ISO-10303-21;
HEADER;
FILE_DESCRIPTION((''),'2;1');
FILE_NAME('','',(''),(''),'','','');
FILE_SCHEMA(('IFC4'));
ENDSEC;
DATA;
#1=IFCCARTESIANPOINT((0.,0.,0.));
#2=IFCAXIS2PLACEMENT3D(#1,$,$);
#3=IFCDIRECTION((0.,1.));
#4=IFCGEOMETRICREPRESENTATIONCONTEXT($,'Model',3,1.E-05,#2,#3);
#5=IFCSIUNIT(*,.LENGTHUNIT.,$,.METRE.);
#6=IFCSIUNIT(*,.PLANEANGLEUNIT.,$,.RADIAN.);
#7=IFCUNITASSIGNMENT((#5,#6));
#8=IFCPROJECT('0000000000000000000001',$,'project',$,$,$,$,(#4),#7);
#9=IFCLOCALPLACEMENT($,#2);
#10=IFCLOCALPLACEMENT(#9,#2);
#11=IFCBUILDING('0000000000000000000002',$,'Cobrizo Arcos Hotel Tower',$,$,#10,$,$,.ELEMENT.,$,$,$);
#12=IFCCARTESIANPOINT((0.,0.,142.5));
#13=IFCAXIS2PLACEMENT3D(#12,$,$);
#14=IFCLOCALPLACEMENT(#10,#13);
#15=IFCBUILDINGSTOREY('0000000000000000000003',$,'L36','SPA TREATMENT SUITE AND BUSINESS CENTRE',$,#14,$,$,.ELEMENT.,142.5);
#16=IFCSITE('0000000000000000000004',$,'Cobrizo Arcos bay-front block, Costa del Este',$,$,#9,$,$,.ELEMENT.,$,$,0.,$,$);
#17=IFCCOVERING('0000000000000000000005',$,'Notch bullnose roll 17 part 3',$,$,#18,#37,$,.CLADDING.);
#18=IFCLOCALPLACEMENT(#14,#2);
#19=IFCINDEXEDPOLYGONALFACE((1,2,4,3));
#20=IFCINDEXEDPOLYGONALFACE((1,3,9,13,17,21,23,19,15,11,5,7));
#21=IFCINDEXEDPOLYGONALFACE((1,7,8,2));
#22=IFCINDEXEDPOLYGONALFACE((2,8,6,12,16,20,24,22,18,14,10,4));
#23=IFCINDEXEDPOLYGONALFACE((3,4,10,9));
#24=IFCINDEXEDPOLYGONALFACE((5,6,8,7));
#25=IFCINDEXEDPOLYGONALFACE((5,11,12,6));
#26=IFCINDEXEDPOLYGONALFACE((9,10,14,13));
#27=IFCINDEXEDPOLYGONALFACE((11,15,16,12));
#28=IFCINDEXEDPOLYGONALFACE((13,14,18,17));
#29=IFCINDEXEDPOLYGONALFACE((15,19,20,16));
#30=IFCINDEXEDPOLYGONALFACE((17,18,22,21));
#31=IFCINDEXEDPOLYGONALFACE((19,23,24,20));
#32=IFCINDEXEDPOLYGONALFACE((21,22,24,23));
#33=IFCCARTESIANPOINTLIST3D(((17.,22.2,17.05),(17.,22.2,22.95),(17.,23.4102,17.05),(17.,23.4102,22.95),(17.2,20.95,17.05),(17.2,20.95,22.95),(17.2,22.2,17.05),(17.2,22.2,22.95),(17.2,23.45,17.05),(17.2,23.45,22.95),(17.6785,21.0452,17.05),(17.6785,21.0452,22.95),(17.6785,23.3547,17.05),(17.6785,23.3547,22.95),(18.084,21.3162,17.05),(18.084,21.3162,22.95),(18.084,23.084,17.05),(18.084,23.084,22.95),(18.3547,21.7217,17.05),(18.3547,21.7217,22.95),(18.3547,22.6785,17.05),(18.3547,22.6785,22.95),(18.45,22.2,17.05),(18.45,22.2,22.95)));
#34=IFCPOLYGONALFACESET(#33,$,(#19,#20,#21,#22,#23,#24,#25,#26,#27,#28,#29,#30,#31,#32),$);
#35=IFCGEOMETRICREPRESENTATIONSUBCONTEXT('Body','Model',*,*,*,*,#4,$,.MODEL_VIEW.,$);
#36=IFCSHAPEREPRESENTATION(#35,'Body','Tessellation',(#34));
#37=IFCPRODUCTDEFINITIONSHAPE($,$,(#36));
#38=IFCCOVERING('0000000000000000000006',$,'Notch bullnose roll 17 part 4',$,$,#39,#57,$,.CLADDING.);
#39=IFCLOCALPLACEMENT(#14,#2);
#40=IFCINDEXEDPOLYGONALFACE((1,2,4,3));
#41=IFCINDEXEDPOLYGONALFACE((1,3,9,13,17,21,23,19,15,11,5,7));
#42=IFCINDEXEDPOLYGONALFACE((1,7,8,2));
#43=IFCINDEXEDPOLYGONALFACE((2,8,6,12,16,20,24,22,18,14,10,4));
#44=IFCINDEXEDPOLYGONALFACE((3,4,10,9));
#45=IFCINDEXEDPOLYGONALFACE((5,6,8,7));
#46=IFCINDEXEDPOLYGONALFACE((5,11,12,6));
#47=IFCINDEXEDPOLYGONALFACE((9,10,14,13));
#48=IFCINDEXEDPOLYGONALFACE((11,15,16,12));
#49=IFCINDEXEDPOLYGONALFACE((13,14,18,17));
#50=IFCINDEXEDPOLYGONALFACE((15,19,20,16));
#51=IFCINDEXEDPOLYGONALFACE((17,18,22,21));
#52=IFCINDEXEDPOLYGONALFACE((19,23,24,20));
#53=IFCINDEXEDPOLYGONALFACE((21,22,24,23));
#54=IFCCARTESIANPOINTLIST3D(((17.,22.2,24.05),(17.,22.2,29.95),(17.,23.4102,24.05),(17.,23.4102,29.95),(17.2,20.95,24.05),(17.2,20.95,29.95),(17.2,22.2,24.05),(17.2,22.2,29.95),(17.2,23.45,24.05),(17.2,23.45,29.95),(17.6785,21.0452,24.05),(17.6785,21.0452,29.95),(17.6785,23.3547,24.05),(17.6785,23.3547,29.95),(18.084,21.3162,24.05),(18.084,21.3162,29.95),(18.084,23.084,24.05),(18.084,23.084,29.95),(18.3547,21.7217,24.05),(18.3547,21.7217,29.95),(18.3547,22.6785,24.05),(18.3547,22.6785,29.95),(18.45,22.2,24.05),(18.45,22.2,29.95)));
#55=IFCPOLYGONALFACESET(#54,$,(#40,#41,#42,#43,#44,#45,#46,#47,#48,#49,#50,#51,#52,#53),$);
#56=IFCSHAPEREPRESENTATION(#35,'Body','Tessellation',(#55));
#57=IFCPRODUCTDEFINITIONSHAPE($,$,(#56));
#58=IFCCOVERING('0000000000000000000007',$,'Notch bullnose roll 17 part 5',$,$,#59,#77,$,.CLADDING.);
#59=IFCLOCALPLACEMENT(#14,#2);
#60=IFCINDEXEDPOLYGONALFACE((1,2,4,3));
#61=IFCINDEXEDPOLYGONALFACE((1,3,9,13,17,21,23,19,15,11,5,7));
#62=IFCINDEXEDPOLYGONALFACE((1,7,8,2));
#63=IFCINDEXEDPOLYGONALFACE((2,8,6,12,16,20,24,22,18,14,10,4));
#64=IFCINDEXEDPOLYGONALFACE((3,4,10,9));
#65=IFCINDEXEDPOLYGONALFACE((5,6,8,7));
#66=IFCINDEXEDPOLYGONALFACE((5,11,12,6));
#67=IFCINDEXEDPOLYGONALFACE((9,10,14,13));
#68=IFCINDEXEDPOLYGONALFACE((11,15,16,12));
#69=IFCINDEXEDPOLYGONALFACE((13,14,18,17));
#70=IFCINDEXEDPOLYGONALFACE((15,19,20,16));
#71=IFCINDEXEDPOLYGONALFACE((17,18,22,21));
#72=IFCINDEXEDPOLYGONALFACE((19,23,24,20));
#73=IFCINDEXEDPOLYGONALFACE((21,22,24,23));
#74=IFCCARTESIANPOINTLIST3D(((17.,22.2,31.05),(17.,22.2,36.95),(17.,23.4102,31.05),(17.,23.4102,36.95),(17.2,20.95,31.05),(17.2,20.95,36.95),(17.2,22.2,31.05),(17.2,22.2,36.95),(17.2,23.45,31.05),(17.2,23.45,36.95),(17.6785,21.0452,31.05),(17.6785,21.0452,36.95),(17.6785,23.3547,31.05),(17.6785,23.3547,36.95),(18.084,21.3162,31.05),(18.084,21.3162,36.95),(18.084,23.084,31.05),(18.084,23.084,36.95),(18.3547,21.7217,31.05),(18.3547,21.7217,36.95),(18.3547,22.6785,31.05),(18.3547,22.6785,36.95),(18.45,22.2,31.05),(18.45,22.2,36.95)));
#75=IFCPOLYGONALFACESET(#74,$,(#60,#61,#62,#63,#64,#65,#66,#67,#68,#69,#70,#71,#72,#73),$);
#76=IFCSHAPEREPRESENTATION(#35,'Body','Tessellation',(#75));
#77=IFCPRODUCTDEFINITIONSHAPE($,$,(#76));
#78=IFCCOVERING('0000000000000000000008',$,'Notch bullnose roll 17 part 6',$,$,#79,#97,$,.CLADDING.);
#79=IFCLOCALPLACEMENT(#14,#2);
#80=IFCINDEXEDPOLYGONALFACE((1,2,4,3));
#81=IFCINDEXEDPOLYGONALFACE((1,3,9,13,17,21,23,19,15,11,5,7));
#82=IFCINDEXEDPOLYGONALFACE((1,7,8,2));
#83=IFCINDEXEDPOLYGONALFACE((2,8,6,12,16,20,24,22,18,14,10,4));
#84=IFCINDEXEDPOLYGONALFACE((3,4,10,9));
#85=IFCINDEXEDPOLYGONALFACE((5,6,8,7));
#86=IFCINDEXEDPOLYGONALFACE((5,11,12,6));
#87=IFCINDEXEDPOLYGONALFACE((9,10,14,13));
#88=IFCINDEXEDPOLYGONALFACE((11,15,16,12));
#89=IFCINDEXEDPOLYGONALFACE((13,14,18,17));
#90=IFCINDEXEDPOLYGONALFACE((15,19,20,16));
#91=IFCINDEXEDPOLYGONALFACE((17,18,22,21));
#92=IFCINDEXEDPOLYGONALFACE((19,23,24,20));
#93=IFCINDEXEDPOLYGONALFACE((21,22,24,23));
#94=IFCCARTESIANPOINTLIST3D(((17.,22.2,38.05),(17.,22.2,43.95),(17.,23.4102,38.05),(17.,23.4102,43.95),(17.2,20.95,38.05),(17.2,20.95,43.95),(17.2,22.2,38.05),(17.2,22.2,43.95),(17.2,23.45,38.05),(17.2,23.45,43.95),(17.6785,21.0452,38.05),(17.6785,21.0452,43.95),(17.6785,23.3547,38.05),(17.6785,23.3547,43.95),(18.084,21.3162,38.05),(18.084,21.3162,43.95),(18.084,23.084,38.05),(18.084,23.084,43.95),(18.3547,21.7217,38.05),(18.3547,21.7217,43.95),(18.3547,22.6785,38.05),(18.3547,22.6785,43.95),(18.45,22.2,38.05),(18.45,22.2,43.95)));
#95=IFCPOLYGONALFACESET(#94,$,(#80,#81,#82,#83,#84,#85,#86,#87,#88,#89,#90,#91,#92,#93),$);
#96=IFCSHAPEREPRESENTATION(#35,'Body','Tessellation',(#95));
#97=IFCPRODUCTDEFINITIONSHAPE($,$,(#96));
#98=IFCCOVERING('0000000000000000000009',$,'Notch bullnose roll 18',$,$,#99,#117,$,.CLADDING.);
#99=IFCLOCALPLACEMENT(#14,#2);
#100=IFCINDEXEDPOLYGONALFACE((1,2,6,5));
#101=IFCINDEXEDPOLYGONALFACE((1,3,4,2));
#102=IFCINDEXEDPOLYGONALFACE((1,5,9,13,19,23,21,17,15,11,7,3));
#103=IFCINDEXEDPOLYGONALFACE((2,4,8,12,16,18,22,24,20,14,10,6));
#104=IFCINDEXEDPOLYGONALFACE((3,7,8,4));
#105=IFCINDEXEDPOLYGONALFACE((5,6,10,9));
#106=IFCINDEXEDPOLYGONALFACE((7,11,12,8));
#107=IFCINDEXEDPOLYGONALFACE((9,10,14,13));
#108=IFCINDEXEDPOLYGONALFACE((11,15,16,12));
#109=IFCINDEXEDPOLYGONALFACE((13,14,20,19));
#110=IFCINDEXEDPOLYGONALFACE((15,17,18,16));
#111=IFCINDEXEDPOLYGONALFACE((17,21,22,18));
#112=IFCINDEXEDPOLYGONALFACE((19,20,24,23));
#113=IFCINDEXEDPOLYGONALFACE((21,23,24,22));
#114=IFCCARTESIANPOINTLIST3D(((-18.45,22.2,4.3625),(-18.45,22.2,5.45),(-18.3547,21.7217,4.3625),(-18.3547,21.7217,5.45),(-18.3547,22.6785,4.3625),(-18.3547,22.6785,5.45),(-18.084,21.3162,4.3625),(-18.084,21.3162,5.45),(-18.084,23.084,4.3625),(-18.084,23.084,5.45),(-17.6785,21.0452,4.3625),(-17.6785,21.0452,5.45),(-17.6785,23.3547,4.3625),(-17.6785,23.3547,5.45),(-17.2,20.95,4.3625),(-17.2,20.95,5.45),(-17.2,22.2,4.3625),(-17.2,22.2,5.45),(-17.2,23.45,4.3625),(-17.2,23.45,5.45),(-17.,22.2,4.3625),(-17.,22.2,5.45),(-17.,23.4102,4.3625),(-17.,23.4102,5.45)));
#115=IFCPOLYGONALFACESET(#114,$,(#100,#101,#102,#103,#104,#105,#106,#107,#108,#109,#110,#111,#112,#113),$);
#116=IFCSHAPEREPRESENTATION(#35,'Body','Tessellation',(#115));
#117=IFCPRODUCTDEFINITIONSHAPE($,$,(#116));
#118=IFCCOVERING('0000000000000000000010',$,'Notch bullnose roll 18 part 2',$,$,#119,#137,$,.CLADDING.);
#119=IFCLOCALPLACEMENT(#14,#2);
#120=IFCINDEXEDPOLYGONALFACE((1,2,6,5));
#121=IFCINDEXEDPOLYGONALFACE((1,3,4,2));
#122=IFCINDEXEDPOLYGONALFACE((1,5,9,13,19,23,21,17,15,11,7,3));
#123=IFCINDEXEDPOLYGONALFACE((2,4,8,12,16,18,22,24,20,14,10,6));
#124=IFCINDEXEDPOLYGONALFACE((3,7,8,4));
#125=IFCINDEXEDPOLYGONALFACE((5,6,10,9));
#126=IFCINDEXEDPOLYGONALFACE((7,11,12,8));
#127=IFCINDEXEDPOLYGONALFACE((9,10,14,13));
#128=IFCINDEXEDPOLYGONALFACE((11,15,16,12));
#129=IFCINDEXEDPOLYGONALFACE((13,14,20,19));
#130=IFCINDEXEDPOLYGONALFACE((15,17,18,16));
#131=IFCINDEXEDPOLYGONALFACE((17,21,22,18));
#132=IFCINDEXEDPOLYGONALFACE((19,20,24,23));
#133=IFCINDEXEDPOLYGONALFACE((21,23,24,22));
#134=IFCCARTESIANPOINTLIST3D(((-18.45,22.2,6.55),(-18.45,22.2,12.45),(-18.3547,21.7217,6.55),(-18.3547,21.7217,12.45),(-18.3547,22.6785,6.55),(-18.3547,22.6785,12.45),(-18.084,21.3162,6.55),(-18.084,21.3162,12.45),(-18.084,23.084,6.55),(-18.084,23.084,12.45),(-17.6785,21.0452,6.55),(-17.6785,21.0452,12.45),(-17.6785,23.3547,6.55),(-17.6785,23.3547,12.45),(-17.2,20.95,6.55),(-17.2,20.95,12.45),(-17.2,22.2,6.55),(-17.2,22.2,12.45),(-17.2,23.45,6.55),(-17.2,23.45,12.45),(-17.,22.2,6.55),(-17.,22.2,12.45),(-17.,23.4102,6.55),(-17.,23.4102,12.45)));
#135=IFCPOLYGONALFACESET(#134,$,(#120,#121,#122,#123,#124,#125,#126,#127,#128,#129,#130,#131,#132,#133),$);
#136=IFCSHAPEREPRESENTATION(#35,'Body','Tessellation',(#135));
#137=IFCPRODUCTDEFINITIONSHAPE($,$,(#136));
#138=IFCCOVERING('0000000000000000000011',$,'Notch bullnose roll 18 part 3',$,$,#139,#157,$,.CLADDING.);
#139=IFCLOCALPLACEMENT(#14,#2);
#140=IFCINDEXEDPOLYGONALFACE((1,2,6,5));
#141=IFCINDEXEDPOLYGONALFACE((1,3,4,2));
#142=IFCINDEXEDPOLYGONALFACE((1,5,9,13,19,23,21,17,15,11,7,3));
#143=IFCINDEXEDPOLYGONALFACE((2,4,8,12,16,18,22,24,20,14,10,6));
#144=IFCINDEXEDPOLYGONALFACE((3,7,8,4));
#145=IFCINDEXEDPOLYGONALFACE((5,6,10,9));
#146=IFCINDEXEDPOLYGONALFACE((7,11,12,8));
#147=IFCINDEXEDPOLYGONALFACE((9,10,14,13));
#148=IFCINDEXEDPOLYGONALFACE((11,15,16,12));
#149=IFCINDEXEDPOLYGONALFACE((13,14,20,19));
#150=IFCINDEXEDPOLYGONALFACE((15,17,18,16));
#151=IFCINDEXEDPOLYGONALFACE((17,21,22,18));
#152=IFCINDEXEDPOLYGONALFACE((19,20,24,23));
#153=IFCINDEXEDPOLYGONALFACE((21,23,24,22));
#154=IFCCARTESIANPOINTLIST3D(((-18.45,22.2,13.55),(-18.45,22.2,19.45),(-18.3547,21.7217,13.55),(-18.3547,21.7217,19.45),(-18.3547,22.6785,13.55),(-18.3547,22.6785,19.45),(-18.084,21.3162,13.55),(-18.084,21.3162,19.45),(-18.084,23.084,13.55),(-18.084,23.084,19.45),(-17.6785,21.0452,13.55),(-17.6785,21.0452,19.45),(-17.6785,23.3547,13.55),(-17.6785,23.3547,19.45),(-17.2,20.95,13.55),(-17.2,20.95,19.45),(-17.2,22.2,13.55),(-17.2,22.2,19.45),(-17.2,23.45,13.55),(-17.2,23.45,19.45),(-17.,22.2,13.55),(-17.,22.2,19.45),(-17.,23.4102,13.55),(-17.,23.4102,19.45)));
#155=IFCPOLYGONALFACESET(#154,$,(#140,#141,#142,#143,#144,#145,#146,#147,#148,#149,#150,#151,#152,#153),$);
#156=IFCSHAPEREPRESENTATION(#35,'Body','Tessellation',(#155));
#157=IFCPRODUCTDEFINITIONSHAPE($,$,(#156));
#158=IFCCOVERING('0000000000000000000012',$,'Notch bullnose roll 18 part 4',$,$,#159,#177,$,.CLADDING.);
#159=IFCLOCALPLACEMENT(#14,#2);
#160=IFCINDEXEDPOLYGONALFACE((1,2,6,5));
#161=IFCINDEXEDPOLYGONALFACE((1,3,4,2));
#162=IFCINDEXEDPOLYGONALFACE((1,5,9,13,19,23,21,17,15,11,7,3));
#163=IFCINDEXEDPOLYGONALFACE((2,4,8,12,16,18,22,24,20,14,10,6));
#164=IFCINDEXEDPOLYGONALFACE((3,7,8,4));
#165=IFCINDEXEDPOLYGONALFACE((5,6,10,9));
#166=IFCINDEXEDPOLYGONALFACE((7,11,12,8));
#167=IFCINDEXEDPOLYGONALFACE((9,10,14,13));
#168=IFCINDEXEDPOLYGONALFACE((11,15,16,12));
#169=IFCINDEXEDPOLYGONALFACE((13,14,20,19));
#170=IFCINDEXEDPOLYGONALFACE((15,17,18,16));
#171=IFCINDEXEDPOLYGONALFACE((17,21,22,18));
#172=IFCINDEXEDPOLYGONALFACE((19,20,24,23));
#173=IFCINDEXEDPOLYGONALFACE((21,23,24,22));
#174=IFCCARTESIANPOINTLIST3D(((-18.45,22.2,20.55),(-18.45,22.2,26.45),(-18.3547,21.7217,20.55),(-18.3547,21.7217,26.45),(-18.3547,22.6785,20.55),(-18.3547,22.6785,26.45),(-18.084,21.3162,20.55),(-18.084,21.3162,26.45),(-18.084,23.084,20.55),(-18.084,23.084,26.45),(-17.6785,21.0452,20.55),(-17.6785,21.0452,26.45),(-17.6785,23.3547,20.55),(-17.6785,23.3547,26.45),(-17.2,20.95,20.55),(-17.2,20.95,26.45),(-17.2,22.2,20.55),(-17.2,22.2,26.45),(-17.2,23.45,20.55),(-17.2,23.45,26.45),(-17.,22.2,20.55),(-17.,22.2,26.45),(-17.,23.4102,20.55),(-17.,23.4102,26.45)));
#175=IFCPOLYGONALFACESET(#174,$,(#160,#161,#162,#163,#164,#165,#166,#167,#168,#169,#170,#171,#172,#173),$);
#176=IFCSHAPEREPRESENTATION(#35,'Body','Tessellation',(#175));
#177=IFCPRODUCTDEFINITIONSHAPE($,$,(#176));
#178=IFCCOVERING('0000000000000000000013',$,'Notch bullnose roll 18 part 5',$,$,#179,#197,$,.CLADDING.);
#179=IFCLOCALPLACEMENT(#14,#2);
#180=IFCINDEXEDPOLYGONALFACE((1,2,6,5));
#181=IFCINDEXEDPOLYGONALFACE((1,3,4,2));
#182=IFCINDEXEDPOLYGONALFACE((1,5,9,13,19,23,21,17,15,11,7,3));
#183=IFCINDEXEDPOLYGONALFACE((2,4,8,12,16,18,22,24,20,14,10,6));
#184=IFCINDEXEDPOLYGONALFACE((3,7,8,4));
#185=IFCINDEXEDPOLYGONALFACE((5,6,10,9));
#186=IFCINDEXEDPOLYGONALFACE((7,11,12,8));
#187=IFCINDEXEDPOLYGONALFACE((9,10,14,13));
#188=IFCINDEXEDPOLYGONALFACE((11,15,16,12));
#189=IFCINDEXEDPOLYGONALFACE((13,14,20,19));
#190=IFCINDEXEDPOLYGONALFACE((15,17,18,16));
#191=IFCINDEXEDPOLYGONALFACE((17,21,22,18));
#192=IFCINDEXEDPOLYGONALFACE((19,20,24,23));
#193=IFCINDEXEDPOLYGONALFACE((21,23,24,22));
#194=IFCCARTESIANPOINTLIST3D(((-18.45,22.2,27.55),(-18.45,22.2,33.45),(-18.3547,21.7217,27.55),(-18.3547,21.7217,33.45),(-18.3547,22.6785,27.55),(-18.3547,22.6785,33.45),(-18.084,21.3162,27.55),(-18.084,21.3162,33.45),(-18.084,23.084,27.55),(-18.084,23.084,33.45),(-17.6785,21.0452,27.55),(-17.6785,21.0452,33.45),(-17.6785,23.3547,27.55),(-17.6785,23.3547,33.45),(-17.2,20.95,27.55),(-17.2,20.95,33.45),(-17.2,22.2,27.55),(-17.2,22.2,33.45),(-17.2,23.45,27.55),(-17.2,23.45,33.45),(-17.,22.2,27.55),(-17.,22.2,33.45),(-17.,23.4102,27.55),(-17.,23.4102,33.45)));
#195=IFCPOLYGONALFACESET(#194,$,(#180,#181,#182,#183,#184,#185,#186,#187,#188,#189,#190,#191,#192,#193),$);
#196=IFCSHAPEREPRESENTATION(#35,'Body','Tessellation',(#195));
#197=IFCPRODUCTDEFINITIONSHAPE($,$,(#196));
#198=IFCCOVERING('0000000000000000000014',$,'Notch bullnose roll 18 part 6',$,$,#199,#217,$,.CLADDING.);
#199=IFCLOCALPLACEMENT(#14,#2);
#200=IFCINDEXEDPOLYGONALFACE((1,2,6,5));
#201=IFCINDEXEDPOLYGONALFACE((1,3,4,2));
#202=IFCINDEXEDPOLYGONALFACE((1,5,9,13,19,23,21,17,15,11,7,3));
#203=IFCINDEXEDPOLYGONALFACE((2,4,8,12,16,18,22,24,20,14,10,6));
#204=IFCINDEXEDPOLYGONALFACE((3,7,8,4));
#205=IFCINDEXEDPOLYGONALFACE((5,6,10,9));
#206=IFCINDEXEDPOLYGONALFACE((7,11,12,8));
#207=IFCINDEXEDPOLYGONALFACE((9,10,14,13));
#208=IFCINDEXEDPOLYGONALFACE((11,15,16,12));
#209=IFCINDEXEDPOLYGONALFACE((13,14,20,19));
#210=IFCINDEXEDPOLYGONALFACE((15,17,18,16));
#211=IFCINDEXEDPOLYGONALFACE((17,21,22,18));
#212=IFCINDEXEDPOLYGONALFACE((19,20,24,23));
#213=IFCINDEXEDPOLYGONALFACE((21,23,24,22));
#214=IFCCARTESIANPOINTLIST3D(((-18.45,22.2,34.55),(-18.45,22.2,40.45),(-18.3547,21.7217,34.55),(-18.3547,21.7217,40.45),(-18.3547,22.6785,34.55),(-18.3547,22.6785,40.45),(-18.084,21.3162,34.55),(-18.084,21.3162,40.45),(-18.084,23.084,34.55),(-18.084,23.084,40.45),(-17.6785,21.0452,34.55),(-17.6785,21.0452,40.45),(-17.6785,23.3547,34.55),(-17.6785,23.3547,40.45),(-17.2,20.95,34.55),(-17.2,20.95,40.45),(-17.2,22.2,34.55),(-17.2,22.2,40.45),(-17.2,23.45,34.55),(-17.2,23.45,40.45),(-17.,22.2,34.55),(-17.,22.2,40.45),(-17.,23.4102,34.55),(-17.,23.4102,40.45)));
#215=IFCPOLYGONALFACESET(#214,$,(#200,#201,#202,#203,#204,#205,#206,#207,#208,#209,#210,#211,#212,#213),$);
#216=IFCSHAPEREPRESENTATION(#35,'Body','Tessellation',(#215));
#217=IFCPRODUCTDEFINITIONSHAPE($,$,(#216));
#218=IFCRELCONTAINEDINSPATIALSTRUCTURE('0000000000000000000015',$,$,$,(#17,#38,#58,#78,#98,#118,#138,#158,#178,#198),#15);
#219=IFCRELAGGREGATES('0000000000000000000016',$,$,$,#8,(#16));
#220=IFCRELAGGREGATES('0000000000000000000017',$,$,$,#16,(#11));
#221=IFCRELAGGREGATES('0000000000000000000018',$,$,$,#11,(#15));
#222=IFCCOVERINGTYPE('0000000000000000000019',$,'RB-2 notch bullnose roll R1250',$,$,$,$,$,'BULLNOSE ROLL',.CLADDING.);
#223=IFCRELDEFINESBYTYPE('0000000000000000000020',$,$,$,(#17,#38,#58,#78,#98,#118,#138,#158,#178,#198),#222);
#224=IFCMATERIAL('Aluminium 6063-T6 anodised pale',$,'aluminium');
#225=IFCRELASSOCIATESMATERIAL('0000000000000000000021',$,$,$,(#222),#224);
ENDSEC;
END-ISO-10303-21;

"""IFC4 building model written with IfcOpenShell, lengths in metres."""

from ifc_helpers import new_model, si_unit, direction, frame, origin, place, context, subcontext, project, spatial, polyline, outline, extrude, material, type_object, element, save


model = new_model("IFC4")

# Units and contexts
model_context = context("Model", 3, precision=1e-05, world=origin(), true_north=direction((0.0, 1.0)))
body_context = subcontext(model_context, "Body", "Model", "MODEL_VIEW")
ifc_project = project(units=[si_unit("LENGTHUNIT", "METRE"), si_unit("PLANEANGLEUNIT", "RADIAN")], contexts=[model_context])

# Site, building, storey
site_placement = place(None, origin())
site = spatial("IfcSite", under=ifc_project, at=site_placement, Name="Cobrizo Arcos bay-front block, Costa del Este", CompositionType="ELEMENT", RefElevation=0.0)
building_placement = place(site_placement, origin())
building = spatial("IfcBuilding", under=site, at=building_placement, Name="Cobrizo Arcos Hotel Tower", CompositionType="ELEMENT")
storey_placement = place(building_placement, frame((0.0, 0.0, 142.5)))
storey = spatial("IfcBuildingStorey", under=building, at=storey_placement, Name="L36", Description="SPA TREATMENT SUITE AND BUSINESS CENTRE", CompositionType="ELEMENT", Elevation=142.5)

# Coverings
ifc_material_1 = material(Name="Aluminium 6063-T6 anodised pale", Category="aluminium")
covering_type = type_object("IfcCoveringType", Name="RB-2 notch bullnose roll R1250", ElementType="BULLNOSE ROLL", PredefinedType="CLADDING", material=ifc_material_1)
for number, where, name in (
    (1, (0.0, 0.0, 17.05), "Notch bullnose roll 17 part 3"),
    (2, (0.0, 0.0, 24.05), "Notch bullnose roll 17 part 4"),
    (3, (0.0, 0.0, 31.05), "Notch bullnose roll 17 part 5"),
    (4, (0.0, 0.0, 38.05), "Notch bullnose roll 17 part 6"),
):
    element("IfcCovering", number, at=place(storey_placement, frame(where)), inside=storey, type_object=covering_type, Name=name, PredefinedType="CLADDING", context=body_context, shape_type="SweptSolid", body=[
        extrude(outline(polyline([(18.084, 21.3162), (18.3547, 21.7217), (18.45, 22.2), (18.3547, 22.6785), (18.084, 23.084), (17.6785, 23.3547), (17.2, 23.45), (17.0, 23.4102), (17.0, 22.2), (17.2, 22.2), (17.2, 20.95), (17.6785, 21.0452), (18.084, 21.3162)])), origin(), (0.0, 0.0, 1.0), 5.8999),
    ])
covering_1_placement = place(storey_placement, frame((0.0, 0.0, 4.3625)))
element("IfcCovering", 5, at=covering_1_placement, inside=storey, type_object=covering_type, Name="Notch bullnose roll 18", PredefinedType="CLADDING", context=body_context, shape_type="SweptSolid", body=[
    extrude(outline(polyline([(-18.084, 21.3162), (-17.6785, 21.0452), (-17.2, 20.95), (-17.2, 22.2), (-17.0, 22.2), (-17.0, 23.4102), (-17.2, 23.45), (-17.6785, 23.3547), (-18.084, 23.084), (-18.3547, 22.6785), (-18.45, 22.2), (-18.3547, 21.7217), (-18.084, 21.3162)])), origin(), (0.0, 0.0, 1.0), 1.0874),
])
for number, where, name in (
    (6, (0.0, 0.0, 6.55), "Notch bullnose roll 18 part 2"),
    (7, (0.0, 0.0, 13.55), "Notch bullnose roll 18 part 3"),
    (8, (0.0, 0.0, 20.55), "Notch bullnose roll 18 part 4"),
    (9, (0.0, 0.0, 27.55), "Notch bullnose roll 18 part 5"),
    (10, (0.0, 0.0, 34.55), "Notch bullnose roll 18 part 6"),
):
    element("IfcCovering", number, at=place(storey_placement, frame(where)), inside=storey, type_object=covering_type, Name=name, PredefinedType="CLADDING", context=body_context, shape_type="SweptSolid", body=[
        extrude(outline(polyline([(-18.084, 21.3162), (-17.6785, 21.0452), (-17.2, 20.95), (-17.2, 22.2), (-17.0, 22.2), (-17.0, 23.4102), (-17.2, 23.45), (-17.6785, 23.3547), (-18.084, 23.084), (-18.3547, 22.6785), (-18.45, 22.2), (-18.3547, 21.7217), (-18.084, 21.3162)])), origin(), (0.0, 0.0, 1.0), 5.8999),
    ])

save(model, "model.ifc")
